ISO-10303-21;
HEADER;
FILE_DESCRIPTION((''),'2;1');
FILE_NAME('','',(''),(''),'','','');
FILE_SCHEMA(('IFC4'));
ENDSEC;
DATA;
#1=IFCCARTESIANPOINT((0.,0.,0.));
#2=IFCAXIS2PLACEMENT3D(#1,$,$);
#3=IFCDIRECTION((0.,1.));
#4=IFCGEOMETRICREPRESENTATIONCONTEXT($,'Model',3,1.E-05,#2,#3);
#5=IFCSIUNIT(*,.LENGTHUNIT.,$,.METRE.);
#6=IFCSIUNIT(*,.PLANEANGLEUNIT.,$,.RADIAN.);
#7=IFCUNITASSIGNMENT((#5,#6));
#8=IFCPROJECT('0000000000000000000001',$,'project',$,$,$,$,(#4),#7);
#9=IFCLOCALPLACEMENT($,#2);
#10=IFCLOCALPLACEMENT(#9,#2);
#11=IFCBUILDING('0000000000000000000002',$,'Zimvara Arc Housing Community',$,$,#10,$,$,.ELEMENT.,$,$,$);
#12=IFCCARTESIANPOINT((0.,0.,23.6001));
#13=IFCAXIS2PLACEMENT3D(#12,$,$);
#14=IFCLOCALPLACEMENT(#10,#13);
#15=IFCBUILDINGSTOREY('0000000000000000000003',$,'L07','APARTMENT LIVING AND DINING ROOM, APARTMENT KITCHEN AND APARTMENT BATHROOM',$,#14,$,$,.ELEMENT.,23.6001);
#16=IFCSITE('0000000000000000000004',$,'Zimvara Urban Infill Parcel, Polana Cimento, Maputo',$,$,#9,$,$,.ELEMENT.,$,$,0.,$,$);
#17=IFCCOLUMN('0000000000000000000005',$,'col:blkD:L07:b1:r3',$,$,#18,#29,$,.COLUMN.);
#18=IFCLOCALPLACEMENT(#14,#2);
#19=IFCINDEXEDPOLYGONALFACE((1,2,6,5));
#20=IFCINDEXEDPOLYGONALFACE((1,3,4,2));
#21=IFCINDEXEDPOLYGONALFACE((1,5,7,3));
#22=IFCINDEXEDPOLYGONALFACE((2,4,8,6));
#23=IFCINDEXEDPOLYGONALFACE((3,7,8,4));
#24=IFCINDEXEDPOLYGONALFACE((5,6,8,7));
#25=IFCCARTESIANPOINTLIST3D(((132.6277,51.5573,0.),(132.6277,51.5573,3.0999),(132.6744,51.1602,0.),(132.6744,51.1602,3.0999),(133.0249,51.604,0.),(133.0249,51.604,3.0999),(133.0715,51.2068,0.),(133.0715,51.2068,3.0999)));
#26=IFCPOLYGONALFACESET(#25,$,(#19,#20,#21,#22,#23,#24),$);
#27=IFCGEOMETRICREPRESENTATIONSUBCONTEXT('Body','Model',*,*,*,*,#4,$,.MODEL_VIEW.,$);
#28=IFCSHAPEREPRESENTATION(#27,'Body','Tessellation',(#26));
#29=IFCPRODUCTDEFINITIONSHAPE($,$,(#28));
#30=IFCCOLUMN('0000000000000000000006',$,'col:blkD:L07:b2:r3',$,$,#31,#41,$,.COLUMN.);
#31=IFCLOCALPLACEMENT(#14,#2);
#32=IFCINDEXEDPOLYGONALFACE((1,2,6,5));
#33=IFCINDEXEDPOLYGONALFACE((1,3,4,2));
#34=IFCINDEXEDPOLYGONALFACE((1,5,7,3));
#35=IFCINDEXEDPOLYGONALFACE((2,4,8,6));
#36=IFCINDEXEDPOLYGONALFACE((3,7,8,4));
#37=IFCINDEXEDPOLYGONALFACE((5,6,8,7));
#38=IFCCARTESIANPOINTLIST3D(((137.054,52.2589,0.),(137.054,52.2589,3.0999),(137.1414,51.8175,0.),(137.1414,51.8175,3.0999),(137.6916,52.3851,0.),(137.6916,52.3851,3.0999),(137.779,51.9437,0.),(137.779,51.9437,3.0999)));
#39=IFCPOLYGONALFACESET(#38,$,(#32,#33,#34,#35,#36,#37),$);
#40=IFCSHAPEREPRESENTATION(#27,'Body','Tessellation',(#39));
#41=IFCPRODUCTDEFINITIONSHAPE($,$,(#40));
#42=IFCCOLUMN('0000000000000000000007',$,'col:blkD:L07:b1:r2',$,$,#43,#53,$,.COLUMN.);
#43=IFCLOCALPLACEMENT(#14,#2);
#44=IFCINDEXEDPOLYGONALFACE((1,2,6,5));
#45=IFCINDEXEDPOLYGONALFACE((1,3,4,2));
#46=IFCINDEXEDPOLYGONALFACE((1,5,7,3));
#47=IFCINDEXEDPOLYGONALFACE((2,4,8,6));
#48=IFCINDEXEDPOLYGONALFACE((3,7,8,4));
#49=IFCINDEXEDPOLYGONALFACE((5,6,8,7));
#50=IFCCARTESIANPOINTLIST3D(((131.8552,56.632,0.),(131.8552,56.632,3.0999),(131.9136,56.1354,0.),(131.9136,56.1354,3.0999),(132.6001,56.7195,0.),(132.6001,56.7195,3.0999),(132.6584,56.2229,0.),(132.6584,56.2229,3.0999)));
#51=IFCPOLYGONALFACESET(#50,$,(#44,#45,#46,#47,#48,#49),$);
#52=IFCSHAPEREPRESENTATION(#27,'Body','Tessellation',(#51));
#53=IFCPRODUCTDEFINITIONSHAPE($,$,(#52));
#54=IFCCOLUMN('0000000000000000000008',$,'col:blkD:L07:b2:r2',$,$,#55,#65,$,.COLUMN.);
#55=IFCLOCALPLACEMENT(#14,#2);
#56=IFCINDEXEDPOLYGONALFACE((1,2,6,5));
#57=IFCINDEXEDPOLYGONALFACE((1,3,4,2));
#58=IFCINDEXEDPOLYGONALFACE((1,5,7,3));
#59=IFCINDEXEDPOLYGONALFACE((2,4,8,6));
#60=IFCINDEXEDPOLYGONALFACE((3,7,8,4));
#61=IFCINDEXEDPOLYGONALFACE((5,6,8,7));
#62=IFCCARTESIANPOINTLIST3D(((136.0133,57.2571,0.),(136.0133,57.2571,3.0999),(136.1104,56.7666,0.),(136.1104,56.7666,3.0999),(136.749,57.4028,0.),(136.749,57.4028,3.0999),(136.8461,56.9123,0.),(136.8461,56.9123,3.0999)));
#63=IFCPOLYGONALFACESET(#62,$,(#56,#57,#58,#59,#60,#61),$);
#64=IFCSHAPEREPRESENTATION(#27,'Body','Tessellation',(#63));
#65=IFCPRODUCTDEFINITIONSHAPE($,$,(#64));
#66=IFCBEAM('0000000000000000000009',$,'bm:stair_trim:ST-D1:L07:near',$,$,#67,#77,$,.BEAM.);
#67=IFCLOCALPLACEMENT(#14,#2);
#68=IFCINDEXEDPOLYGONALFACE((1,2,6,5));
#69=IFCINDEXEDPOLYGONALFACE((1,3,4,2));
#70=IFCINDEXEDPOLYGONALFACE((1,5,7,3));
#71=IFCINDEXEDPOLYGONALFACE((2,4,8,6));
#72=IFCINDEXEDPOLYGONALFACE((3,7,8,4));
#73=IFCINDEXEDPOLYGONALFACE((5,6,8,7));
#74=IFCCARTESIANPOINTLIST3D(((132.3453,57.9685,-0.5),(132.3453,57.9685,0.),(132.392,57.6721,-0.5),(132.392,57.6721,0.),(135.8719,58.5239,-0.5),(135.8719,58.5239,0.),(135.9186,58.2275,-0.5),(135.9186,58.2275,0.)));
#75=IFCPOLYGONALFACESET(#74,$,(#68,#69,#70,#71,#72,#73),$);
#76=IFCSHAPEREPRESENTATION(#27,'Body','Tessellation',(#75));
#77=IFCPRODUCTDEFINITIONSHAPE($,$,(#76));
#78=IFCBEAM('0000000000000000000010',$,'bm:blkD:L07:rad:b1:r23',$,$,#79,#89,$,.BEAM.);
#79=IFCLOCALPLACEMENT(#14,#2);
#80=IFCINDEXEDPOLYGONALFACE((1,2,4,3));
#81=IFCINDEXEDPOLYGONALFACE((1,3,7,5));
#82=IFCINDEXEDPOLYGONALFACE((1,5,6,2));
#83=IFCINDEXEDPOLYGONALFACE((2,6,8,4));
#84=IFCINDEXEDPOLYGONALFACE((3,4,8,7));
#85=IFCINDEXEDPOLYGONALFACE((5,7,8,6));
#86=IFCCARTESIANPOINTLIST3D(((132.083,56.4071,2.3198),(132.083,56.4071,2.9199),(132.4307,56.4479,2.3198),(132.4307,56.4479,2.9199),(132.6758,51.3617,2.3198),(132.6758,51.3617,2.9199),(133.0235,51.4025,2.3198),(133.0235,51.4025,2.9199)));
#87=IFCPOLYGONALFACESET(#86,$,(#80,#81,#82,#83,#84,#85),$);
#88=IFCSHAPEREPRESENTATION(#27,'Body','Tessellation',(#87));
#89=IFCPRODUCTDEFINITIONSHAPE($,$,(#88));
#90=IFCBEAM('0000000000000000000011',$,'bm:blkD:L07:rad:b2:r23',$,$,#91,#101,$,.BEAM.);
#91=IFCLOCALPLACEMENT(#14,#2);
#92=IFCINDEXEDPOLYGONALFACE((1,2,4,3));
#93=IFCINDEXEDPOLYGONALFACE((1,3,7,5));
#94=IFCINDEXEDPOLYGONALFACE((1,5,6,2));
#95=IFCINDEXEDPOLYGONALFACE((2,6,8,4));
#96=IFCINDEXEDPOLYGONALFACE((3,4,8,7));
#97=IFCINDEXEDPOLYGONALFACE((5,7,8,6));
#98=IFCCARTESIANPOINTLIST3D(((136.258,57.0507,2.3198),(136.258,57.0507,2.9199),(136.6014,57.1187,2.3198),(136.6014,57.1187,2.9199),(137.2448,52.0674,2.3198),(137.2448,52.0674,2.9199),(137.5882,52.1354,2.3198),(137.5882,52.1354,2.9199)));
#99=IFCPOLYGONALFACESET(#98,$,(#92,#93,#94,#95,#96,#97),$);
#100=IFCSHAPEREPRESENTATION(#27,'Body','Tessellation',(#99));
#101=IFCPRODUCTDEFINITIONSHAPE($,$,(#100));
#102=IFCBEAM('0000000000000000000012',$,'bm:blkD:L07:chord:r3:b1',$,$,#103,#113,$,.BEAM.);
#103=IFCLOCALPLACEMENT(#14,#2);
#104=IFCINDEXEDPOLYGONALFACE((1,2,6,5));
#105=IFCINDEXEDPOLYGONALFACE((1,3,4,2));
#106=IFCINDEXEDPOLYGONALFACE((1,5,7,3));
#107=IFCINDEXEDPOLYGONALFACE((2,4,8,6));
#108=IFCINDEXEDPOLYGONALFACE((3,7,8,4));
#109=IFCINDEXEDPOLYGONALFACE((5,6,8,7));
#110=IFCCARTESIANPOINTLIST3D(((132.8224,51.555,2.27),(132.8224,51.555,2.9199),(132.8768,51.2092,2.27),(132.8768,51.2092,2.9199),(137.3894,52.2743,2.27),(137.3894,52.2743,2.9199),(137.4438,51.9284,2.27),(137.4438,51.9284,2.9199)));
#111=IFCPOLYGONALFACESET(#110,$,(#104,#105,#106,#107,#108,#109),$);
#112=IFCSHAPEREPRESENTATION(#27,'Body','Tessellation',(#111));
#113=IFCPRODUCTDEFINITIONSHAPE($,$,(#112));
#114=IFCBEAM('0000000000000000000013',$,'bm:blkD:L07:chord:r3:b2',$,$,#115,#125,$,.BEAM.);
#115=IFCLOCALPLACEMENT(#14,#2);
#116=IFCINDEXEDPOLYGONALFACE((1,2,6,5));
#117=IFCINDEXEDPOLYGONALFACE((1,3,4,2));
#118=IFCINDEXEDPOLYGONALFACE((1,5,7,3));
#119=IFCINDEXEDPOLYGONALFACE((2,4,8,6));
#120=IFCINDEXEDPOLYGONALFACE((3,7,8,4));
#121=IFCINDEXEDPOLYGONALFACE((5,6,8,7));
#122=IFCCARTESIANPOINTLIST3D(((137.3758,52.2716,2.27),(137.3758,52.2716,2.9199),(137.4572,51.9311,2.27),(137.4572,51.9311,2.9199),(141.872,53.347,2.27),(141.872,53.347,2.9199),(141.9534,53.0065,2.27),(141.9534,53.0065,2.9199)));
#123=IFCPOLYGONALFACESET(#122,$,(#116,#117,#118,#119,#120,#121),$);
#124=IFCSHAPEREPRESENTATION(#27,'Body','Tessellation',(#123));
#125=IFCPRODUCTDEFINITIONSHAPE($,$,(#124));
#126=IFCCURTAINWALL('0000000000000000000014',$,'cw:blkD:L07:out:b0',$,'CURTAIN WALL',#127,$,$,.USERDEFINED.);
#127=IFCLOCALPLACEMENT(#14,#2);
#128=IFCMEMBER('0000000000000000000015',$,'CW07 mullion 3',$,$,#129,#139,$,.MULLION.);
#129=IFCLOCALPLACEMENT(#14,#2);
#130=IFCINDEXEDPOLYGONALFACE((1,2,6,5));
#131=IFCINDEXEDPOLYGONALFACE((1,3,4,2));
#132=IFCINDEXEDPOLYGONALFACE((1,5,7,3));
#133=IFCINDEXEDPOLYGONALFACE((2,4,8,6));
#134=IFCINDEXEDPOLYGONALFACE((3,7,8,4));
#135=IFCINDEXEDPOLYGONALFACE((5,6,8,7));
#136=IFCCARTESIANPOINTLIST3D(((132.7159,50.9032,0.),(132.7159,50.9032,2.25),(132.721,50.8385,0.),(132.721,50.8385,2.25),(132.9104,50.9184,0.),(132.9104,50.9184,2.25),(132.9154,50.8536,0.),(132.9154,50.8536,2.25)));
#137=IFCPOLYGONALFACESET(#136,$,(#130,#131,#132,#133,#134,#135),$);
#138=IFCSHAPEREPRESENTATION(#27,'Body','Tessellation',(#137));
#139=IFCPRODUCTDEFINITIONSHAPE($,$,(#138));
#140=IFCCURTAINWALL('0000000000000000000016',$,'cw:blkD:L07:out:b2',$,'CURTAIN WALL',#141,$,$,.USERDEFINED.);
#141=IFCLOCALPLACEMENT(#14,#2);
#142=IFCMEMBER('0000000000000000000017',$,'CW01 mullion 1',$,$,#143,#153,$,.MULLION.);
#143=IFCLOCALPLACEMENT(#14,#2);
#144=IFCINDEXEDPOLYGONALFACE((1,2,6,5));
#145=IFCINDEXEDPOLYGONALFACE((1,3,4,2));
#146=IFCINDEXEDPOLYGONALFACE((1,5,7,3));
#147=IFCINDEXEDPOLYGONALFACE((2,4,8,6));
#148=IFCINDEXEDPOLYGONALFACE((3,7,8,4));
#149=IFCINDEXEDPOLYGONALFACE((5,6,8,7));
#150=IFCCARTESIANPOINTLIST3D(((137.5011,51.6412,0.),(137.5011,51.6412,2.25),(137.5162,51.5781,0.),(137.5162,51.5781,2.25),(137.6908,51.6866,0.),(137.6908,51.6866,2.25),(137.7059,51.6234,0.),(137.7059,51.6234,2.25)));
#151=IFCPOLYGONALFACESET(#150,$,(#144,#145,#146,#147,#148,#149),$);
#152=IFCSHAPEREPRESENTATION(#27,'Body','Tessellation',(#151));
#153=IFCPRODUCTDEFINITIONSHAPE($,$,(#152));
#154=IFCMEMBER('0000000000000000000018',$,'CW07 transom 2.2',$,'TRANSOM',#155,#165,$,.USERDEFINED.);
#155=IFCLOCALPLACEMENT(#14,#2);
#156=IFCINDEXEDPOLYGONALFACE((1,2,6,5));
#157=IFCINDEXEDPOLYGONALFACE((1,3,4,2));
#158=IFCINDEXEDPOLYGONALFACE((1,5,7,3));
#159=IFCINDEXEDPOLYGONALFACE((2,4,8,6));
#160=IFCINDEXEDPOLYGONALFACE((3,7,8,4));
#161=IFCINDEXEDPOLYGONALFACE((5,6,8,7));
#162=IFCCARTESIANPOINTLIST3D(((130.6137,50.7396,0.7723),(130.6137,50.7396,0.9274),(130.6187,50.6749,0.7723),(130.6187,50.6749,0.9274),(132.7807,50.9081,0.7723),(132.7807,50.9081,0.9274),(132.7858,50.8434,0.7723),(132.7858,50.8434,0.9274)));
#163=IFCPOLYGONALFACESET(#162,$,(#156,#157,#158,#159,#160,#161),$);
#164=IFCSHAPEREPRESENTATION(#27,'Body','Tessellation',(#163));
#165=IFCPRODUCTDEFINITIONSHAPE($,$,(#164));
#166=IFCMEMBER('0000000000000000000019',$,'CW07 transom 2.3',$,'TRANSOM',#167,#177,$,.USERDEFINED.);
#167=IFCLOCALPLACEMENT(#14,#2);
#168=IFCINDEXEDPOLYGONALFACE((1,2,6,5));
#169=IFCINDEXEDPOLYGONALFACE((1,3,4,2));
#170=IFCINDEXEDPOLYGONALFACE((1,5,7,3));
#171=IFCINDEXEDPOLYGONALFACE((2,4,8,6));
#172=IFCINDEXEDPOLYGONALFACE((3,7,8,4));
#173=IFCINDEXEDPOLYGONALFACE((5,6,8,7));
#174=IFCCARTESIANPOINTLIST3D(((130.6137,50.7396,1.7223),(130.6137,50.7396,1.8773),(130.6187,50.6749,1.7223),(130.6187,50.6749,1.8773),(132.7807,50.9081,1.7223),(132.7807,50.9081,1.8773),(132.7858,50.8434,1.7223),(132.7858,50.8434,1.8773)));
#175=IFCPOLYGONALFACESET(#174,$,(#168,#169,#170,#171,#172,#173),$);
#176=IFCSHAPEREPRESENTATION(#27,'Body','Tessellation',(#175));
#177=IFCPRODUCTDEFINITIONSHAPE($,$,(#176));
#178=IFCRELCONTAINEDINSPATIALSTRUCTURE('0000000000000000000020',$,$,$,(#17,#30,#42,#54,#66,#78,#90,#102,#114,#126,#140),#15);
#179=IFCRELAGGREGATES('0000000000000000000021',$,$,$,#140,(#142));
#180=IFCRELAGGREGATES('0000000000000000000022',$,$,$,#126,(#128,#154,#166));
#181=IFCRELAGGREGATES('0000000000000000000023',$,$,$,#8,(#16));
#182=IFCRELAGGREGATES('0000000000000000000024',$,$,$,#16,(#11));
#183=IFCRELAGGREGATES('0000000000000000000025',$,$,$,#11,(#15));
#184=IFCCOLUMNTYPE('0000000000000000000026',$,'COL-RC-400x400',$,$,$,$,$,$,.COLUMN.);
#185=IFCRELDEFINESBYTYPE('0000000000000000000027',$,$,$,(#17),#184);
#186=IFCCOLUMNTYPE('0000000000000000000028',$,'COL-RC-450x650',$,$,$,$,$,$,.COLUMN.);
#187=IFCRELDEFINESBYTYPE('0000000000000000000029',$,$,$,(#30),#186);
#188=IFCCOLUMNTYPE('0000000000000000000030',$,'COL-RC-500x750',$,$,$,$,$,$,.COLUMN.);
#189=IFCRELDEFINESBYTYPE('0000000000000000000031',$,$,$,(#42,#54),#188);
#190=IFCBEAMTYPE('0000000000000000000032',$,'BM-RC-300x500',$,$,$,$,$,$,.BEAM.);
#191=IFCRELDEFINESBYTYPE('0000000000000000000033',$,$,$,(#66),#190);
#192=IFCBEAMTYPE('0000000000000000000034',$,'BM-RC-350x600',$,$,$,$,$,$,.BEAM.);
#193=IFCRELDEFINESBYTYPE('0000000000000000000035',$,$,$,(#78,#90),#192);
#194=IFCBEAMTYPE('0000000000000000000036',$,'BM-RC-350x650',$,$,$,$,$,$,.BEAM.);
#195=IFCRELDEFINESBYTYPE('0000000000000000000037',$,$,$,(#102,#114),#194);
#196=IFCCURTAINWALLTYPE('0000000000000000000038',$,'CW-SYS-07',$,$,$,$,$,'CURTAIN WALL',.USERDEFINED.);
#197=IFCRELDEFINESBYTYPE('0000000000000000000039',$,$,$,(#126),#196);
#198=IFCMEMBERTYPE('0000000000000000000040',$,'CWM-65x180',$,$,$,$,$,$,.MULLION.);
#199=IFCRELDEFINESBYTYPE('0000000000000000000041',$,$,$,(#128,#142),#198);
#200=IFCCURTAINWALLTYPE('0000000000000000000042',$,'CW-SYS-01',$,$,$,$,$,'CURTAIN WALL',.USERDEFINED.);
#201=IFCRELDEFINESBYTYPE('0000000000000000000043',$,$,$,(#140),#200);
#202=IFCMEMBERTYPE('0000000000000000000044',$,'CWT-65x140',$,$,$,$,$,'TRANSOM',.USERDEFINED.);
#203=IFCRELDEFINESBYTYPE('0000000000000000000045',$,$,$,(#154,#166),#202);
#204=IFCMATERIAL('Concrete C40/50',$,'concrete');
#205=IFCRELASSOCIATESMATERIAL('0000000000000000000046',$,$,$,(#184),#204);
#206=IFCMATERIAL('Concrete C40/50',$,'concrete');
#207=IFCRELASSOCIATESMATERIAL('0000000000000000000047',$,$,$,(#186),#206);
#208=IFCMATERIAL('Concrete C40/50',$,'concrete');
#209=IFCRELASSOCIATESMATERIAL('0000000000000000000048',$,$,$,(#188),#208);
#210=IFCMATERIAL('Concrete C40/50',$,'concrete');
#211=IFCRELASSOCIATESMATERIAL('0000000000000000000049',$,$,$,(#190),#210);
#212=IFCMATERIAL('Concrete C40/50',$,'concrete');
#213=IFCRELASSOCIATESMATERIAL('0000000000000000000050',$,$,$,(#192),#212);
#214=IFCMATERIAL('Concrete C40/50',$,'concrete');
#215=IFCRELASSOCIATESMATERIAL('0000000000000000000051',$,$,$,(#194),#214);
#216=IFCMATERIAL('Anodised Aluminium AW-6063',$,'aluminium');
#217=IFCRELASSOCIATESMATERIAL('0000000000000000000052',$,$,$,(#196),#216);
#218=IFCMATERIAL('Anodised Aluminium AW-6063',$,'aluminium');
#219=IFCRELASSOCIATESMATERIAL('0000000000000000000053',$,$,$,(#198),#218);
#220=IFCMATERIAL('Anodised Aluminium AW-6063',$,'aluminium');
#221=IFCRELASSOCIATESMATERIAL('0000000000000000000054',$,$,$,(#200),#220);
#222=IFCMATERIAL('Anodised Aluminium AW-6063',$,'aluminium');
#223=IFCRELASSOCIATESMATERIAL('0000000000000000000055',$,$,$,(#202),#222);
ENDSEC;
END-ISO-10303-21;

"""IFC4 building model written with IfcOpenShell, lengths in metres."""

from ifc_helpers import new_model, si_unit, direction, frame, origin, origin_2d, place, context, subcontext, project, spatial, rectangle, extrude, material, material_profile, profile_set, type_object, element, aggregate, save


model = new_model("IFC4")

# Units and contexts
model_context = context("Model", 3, precision=1e-05, world=origin(), true_north=direction((0.0, 1.0)))
body_context = subcontext(model_context, "Body", "Model", "MODEL_VIEW")
ifc_project = project(units=[si_unit("LENGTHUNIT", "METRE"), si_unit("PLANEANGLEUNIT", "RADIAN")], contexts=[model_context])

# Site, building, storey
site_placement = place(None, origin())
site = spatial("IfcSite", under=ifc_project, at=site_placement, Name="Zimvara Urban Infill Parcel, Polana Cimento, Maputo", CompositionType="ELEMENT", RefElevation=0.0)
building_placement = place(site_placement, origin())
building = spatial("IfcBuilding", under=site, at=building_placement, Name="Zimvara Arc Housing Community", CompositionType="ELEMENT")
storey_placement = place(building_placement, frame((0.0, 0.0, 23.6001)))
storey = spatial("IfcBuildingStorey", under=building, at=storey_placement, Name="L07", Description="APARTMENT LIVING AND DINING ROOM, APARTMENT KITCHEN AND APARTMENT BATHROOM", CompositionType="ELEMENT", Elevation=23.6001)

# Columns
ifc_material_1 = material(Name="Concrete C40/50", Category="concrete")
ifc_material_profile_1 = material_profile(ifc_material_1, rectangle(XDim=0.3999, YDim=0.3999, at=origin_2d()), Name="RC 400x400")
ifc_profile_set_1 = profile_set([ifc_material_profile_1], Name="Concrete C40/50")
column_type_1 = type_object("IfcColumnType", Name="COL-RC-400x400", PredefinedType="COLUMN", material=ifc_profile_set_1)
column_1_placement = place(storey_placement, frame((132.8496, 51.3821, 0.0), z_axis=(0.0, 0.0, 1.0), x_axis=(0.116671, -0.993171, 0.0)))
element("IfcColumn", 1, at=column_1_placement, inside=storey, type_object=column_type_1, Name="col:blkD:L07:b1:r3", PredefinedType="COLUMN", context=body_context, shape_type="SweptSolid", body=[
    extrude(rectangle(XDim=0.3999, YDim=0.3999, at=origin_2d()), origin(), (0.0, 0.0, 1.0), 3.0999),
])
ifc_material_2 = material(Name="Concrete C40/50", Category="concrete")
ifc_material_profile_2 = material_profile(ifc_material_2, rectangle(XDim=0.45, YDim=0.6499, at=origin_2d()), Name="RC 450x650")
ifc_profile_set_2 = profile_set([ifc_material_profile_2], Name="Concrete C40/50")
column_type_2 = type_object("IfcColumnType", Name="COL-RC-450x650", PredefinedType="COLUMN", material=ifc_profile_set_2)
column_2_placement = place(storey_placement, frame((137.4165, 52.1013, 0.0), z_axis=(0.0, 0.0, 1.0), x_axis=(0.194234, -0.980955, 0.0)))
element("IfcColumn", 2, at=column_2_placement, inside=storey, type_object=column_type_2, Name="col:blkD:L07:b2:r3", PredefinedType="COLUMN", context=body_context, shape_type="SweptSolid", body=[
    extrude(rectangle(XDim=0.45, YDim=0.6499, at=origin_2d()), origin(), (0.0, 0.0, 1.0), 3.0999),
])
ifc_material_3 = material(Name="Concrete C40/50", Category="concrete")
ifc_material_profile_3 = material_profile(ifc_material_3, rectangle(XDim=0.5, YDim=0.75, at=origin_2d()), Name="RC 500x750")
ifc_profile_set_3 = profile_set([ifc_material_profile_3], Name="Concrete C40/50")
column_type_3 = type_object("IfcColumnType", Name="COL-RC-500x750", PredefinedType="COLUMN", material=ifc_profile_set_3)
for number, where, z_axis, x_axis, name in (
    (3, (132.2568, 56.4275, 0.0), (0.0, 0.0, 1.0), (0.116671, -0.993171, 0.0), "col:blkD:L07:b1:r2"),
    (4, (136.4297, 57.0847, 0.0), (0.0, 0.0, 1.0), (0.194234, -0.980955, 0.0), "col:blkD:L07:b2:r2"),
):
    element("IfcColumn", number, at=place(storey_placement, frame(where, z_axis=z_axis, x_axis=x_axis)), inside=storey, type_object=column_type_3, Name=name, PredefinedType="COLUMN", context=body_context, shape_type="SweptSolid", body=[
        extrude(rectangle(XDim=0.5, YDim=0.75, at=origin_2d()), origin(), (0.0, 0.0, 1.0), 3.0999),
    ])

# Beams
ifc_material_4 = material(Name="Concrete C40/50", Category="concrete")
ifc_material_profile_4 = material_profile(ifc_material_4, rectangle(XDim=0.3, YDim=0.5, at=origin_2d()), Name="RC 300x500")
ifc_profile_set_4 = profile_set([ifc_material_profile_4], Name="Concrete C40/50")
beam_type_1 = type_object("IfcBeamType", Name="BM-RC-300x500", PredefinedType="BEAM", material=ifc_profile_set_4)
beam_1_placement = place(storey_placement, frame((132.3687, 57.8203, -0.25), z_axis=(0.987824, 0.155576, 0.0), x_axis=(-0.155576, 0.987824, 0.0)))
element("IfcBeam", 5, at=beam_1_placement, inside=storey, type_object=beam_type_1, Name="bm:stair_trim:ST-D1:L07:near", PredefinedType="BEAM", context=body_context, shape_type="SweptSolid", body=[
    extrude(rectangle(XDim=0.3, YDim=0.5, at=origin_2d()), origin(), (0.0, 0.0, 1.0), 3.5701),
])
ifc_material_5 = material(Name="Concrete C40/50", Category="concrete")
ifc_material_profile_5 = material_profile(ifc_material_5, rectangle(XDim=0.3501, YDim=0.6001, at=origin_2d()), Name="RC 350x600")
ifc_profile_set_5 = profile_set([ifc_material_profile_5], Name="Concrete C40/50")
beam_type_2 = type_object("IfcBeamType", Name="BM-RC-350x600", PredefinedType="BEAM", material=ifc_profile_set_5)
for number, where, z_axis, x_axis, name in (
    (6, (132.2568, 56.4275, 2.6199), (0.116685, -0.993169, 0.0), (0.993169, 0.116685, 0.0), "bm:blkD:L07:rad:b1:r23"),
    (7, (136.4297, 57.0847, 2.6199), (0.194249, -0.980952, 0.0), (0.980952, 0.194249, 0.0), "bm:blkD:L07:rad:b2:r23"),
):
    element("IfcBeam", number, at=place(storey_placement, frame(where, z_axis=z_axis, x_axis=x_axis)), inside=storey, type_object=beam_type_2, Name=name, PredefinedType="BEAM", context=body_context, shape_type="SweptSolid", body=[
        extrude(rectangle(XDim=0.3501, YDim=0.6001, at=origin_2d()), origin(), (0.0, 0.0, 1.0), 5.0801),
    ])
ifc_material_6 = material(Name="Concrete C40/50", Category="concrete")
ifc_material_profile_6 = material_profile(ifc_material_6, rectangle(XDim=0.3501, YDim=0.6499, at=origin_2d()), Name="RC 350x650")
ifc_profile_set_6 = profile_set([ifc_material_profile_6], Name="Concrete C40/50")
beam_type_3 = type_object("IfcBeamType", Name="BM-RC-350x650", PredefinedType="BEAM", material=ifc_profile_set_6)
beam_2_placement = place(storey_placement, frame((132.8496, 51.3821, 2.595), z_axis=(0.987825, 0.155572, 0.0), x_axis=(-0.155572, 0.987825, 0.0)))
element("IfcBeam", 8, at=beam_2_placement, inside=storey, type_object=beam_type_3, Name="bm:blkD:L07:chord:r3:b1", PredefinedType="BEAM", context=body_context, shape_type="SweptSolid", body=[
    extrude(rectangle(XDim=0.3501, YDim=0.6499, at=origin_2d()), origin(), (0.0, 0.0, 1.0), 4.6233),
])
beam_3_placement = place(storey_placement, frame((137.4165, 52.1013, 2.595), z_axis=(0.972568, 0.23262, 0.0), x_axis=(-0.23262, 0.972568, 0.0)))
element("IfcBeam", 9, at=beam_3_placement, inside=storey, type_object=beam_type_3, Name="bm:blkD:L07:chord:r3:b2", PredefinedType="BEAM", context=body_context, shape_type="SweptSolid", body=[
    extrude(rectangle(XDim=0.3501, YDim=0.6499, at=origin_2d()), origin(), (0.0, 0.0, 1.0), 4.623),
])

# Curtain walls, members
ifc_material_7 = material(Name="Anodised Aluminium AW-6063", Category="aluminium")
curtain_wall_type_1 = type_object("IfcCurtainWallType", Name="CW-SYS-07", ElementType="CURTAIN WALL", PredefinedType="USERDEFINED", material=ifc_material_7)
curtain_wall_1_placement = place(storey_placement, origin())
curtain_wall_1 = element("IfcCurtainWall", 10, at=curtain_wall_1_placement, inside=storey, type_object=curtain_wall_type_1, Name="cw:blkD:L07:out:b0", ObjectType="CURTAIN WALL", PredefinedType="USERDEFINED")
ifc_material_8 = material(Name="Anodised Aluminium AW-6063", Category="aluminium")
ifc_material_profile_7 = material_profile(ifc_material_8, rectangle(XDim=0.0649, YDim=0.1951, at=origin_2d()), Name="ALU 65x195")
ifc_profile_set_7 = profile_set([ifc_material_profile_7], Name="Anodised Aluminium AW-6063")
member_type_1 = type_object("IfcMemberType", Name="CWM-65x180", PredefinedType="MULLION", material=ifc_profile_set_7)
member_1_placement = place(storey_placement, frame((132.8157, 50.8784, 0.0), z_axis=(0.0, 0.0, 1.0), x_axis=(-0.07759, 0.996985, 0.0)))
member_1 = element("IfcMember", 11, at=member_1_placement, type_object=member_type_1, Name="CW07 mullion 3", PredefinedType="MULLION", context=body_context, shape_type="SweptSolid", body=[
    extrude(rectangle(XDim=0.0649, YDim=0.1951, at=origin_2d()), origin(), (0.0, 0.0, 1.0), 2.25),
])
ifc_material_9 = material(Name="Anodised Aluminium AW-6063", Category="aluminium")
curtain_wall_type_2 = type_object("IfcCurtainWallType", Name="CW-SYS-01", ElementType="CURTAIN WALL", PredefinedType="USERDEFINED", material=ifc_material_9)
curtain_wall_2_placement = place(storey_placement, origin())
curtain_wall_2 = element("IfcCurtainWall", 12, at=curtain_wall_2_placement, inside=storey, type_object=curtain_wall_type_2, Name="cw:blkD:L07:out:b2", ObjectType="CURTAIN WALL", PredefinedType="USERDEFINED")
member_2_placement = place(storey_placement, frame((137.6035, 51.6323, 0.0), z_axis=(0.0, 0.0, 1.0), x_axis=(-0.232597, 0.972573, 0.0)))
member_2 = element("IfcMember", 13, at=member_2_placement, type_object=member_type_1, Name="CW01 mullion 1", PredefinedType="MULLION", context=body_context, shape_type="SweptSolid", body=[
    extrude(rectangle(XDim=0.0649, YDim=0.1951, at=origin_2d()), origin(), (0.0, 0.0, 1.0), 2.25),
])

# Members
ifc_material_10 = material(Name="Anodised Aluminium AW-6063", Category="aluminium")
ifc_material_profile_8 = material_profile(ifc_material_10, rectangle(XDim=0.0649, YDim=0.155, at=origin_2d()), Name="ALU 65x155")
ifc_profile_set_8 = profile_set([ifc_material_profile_8], Name="Anodised Aluminium AW-6063")
member_type_2 = type_object("IfcMemberType", Name="CWT-65x140", ElementType="TRANSOM", PredefinedType="USERDEFINED", material=ifc_profile_set_8)
member_3_placement = place(storey_placement, frame((130.6162, 50.7073, 0.8499), z_axis=(0.996992, 0.077504, 0.0), x_axis=(-0.077504, 0.996992, 0.0)))
member_3 = element("IfcMember", 14, at=member_3_placement, type_object=member_type_2, Name="CW07 transom 2.2", ObjectType="TRANSOM", PredefinedType="USERDEFINED", context=body_context, shape_type="SweptSolid", body=[
    extrude(rectangle(XDim=0.0649, YDim=0.155, at=origin_2d()), origin(), (0.0, 0.0, 1.0), 2.1736),
])
member_4_placement = place(storey_placement, frame((130.6162, 50.7073, 1.7998), z_axis=(0.996992, 0.077504, 0.0), x_axis=(-0.077504, 0.996992, 0.0)))
member_4 = element("IfcMember", 15, at=member_4_placement, type_object=member_type_2, Name="CW07 transom 2.3", ObjectType="TRANSOM", PredefinedType="USERDEFINED", context=body_context, shape_type="SweptSolid", body=[
    extrude(rectangle(XDim=0.0649, YDim=0.155, at=origin_2d()), origin(), (0.0, 0.0, 1.0), 2.1736),
])
aggregate(curtain_wall_2, [member_2])

aggregate(curtain_wall_1, [member_1, member_3, member_4])

save(model, "model.ifc")
